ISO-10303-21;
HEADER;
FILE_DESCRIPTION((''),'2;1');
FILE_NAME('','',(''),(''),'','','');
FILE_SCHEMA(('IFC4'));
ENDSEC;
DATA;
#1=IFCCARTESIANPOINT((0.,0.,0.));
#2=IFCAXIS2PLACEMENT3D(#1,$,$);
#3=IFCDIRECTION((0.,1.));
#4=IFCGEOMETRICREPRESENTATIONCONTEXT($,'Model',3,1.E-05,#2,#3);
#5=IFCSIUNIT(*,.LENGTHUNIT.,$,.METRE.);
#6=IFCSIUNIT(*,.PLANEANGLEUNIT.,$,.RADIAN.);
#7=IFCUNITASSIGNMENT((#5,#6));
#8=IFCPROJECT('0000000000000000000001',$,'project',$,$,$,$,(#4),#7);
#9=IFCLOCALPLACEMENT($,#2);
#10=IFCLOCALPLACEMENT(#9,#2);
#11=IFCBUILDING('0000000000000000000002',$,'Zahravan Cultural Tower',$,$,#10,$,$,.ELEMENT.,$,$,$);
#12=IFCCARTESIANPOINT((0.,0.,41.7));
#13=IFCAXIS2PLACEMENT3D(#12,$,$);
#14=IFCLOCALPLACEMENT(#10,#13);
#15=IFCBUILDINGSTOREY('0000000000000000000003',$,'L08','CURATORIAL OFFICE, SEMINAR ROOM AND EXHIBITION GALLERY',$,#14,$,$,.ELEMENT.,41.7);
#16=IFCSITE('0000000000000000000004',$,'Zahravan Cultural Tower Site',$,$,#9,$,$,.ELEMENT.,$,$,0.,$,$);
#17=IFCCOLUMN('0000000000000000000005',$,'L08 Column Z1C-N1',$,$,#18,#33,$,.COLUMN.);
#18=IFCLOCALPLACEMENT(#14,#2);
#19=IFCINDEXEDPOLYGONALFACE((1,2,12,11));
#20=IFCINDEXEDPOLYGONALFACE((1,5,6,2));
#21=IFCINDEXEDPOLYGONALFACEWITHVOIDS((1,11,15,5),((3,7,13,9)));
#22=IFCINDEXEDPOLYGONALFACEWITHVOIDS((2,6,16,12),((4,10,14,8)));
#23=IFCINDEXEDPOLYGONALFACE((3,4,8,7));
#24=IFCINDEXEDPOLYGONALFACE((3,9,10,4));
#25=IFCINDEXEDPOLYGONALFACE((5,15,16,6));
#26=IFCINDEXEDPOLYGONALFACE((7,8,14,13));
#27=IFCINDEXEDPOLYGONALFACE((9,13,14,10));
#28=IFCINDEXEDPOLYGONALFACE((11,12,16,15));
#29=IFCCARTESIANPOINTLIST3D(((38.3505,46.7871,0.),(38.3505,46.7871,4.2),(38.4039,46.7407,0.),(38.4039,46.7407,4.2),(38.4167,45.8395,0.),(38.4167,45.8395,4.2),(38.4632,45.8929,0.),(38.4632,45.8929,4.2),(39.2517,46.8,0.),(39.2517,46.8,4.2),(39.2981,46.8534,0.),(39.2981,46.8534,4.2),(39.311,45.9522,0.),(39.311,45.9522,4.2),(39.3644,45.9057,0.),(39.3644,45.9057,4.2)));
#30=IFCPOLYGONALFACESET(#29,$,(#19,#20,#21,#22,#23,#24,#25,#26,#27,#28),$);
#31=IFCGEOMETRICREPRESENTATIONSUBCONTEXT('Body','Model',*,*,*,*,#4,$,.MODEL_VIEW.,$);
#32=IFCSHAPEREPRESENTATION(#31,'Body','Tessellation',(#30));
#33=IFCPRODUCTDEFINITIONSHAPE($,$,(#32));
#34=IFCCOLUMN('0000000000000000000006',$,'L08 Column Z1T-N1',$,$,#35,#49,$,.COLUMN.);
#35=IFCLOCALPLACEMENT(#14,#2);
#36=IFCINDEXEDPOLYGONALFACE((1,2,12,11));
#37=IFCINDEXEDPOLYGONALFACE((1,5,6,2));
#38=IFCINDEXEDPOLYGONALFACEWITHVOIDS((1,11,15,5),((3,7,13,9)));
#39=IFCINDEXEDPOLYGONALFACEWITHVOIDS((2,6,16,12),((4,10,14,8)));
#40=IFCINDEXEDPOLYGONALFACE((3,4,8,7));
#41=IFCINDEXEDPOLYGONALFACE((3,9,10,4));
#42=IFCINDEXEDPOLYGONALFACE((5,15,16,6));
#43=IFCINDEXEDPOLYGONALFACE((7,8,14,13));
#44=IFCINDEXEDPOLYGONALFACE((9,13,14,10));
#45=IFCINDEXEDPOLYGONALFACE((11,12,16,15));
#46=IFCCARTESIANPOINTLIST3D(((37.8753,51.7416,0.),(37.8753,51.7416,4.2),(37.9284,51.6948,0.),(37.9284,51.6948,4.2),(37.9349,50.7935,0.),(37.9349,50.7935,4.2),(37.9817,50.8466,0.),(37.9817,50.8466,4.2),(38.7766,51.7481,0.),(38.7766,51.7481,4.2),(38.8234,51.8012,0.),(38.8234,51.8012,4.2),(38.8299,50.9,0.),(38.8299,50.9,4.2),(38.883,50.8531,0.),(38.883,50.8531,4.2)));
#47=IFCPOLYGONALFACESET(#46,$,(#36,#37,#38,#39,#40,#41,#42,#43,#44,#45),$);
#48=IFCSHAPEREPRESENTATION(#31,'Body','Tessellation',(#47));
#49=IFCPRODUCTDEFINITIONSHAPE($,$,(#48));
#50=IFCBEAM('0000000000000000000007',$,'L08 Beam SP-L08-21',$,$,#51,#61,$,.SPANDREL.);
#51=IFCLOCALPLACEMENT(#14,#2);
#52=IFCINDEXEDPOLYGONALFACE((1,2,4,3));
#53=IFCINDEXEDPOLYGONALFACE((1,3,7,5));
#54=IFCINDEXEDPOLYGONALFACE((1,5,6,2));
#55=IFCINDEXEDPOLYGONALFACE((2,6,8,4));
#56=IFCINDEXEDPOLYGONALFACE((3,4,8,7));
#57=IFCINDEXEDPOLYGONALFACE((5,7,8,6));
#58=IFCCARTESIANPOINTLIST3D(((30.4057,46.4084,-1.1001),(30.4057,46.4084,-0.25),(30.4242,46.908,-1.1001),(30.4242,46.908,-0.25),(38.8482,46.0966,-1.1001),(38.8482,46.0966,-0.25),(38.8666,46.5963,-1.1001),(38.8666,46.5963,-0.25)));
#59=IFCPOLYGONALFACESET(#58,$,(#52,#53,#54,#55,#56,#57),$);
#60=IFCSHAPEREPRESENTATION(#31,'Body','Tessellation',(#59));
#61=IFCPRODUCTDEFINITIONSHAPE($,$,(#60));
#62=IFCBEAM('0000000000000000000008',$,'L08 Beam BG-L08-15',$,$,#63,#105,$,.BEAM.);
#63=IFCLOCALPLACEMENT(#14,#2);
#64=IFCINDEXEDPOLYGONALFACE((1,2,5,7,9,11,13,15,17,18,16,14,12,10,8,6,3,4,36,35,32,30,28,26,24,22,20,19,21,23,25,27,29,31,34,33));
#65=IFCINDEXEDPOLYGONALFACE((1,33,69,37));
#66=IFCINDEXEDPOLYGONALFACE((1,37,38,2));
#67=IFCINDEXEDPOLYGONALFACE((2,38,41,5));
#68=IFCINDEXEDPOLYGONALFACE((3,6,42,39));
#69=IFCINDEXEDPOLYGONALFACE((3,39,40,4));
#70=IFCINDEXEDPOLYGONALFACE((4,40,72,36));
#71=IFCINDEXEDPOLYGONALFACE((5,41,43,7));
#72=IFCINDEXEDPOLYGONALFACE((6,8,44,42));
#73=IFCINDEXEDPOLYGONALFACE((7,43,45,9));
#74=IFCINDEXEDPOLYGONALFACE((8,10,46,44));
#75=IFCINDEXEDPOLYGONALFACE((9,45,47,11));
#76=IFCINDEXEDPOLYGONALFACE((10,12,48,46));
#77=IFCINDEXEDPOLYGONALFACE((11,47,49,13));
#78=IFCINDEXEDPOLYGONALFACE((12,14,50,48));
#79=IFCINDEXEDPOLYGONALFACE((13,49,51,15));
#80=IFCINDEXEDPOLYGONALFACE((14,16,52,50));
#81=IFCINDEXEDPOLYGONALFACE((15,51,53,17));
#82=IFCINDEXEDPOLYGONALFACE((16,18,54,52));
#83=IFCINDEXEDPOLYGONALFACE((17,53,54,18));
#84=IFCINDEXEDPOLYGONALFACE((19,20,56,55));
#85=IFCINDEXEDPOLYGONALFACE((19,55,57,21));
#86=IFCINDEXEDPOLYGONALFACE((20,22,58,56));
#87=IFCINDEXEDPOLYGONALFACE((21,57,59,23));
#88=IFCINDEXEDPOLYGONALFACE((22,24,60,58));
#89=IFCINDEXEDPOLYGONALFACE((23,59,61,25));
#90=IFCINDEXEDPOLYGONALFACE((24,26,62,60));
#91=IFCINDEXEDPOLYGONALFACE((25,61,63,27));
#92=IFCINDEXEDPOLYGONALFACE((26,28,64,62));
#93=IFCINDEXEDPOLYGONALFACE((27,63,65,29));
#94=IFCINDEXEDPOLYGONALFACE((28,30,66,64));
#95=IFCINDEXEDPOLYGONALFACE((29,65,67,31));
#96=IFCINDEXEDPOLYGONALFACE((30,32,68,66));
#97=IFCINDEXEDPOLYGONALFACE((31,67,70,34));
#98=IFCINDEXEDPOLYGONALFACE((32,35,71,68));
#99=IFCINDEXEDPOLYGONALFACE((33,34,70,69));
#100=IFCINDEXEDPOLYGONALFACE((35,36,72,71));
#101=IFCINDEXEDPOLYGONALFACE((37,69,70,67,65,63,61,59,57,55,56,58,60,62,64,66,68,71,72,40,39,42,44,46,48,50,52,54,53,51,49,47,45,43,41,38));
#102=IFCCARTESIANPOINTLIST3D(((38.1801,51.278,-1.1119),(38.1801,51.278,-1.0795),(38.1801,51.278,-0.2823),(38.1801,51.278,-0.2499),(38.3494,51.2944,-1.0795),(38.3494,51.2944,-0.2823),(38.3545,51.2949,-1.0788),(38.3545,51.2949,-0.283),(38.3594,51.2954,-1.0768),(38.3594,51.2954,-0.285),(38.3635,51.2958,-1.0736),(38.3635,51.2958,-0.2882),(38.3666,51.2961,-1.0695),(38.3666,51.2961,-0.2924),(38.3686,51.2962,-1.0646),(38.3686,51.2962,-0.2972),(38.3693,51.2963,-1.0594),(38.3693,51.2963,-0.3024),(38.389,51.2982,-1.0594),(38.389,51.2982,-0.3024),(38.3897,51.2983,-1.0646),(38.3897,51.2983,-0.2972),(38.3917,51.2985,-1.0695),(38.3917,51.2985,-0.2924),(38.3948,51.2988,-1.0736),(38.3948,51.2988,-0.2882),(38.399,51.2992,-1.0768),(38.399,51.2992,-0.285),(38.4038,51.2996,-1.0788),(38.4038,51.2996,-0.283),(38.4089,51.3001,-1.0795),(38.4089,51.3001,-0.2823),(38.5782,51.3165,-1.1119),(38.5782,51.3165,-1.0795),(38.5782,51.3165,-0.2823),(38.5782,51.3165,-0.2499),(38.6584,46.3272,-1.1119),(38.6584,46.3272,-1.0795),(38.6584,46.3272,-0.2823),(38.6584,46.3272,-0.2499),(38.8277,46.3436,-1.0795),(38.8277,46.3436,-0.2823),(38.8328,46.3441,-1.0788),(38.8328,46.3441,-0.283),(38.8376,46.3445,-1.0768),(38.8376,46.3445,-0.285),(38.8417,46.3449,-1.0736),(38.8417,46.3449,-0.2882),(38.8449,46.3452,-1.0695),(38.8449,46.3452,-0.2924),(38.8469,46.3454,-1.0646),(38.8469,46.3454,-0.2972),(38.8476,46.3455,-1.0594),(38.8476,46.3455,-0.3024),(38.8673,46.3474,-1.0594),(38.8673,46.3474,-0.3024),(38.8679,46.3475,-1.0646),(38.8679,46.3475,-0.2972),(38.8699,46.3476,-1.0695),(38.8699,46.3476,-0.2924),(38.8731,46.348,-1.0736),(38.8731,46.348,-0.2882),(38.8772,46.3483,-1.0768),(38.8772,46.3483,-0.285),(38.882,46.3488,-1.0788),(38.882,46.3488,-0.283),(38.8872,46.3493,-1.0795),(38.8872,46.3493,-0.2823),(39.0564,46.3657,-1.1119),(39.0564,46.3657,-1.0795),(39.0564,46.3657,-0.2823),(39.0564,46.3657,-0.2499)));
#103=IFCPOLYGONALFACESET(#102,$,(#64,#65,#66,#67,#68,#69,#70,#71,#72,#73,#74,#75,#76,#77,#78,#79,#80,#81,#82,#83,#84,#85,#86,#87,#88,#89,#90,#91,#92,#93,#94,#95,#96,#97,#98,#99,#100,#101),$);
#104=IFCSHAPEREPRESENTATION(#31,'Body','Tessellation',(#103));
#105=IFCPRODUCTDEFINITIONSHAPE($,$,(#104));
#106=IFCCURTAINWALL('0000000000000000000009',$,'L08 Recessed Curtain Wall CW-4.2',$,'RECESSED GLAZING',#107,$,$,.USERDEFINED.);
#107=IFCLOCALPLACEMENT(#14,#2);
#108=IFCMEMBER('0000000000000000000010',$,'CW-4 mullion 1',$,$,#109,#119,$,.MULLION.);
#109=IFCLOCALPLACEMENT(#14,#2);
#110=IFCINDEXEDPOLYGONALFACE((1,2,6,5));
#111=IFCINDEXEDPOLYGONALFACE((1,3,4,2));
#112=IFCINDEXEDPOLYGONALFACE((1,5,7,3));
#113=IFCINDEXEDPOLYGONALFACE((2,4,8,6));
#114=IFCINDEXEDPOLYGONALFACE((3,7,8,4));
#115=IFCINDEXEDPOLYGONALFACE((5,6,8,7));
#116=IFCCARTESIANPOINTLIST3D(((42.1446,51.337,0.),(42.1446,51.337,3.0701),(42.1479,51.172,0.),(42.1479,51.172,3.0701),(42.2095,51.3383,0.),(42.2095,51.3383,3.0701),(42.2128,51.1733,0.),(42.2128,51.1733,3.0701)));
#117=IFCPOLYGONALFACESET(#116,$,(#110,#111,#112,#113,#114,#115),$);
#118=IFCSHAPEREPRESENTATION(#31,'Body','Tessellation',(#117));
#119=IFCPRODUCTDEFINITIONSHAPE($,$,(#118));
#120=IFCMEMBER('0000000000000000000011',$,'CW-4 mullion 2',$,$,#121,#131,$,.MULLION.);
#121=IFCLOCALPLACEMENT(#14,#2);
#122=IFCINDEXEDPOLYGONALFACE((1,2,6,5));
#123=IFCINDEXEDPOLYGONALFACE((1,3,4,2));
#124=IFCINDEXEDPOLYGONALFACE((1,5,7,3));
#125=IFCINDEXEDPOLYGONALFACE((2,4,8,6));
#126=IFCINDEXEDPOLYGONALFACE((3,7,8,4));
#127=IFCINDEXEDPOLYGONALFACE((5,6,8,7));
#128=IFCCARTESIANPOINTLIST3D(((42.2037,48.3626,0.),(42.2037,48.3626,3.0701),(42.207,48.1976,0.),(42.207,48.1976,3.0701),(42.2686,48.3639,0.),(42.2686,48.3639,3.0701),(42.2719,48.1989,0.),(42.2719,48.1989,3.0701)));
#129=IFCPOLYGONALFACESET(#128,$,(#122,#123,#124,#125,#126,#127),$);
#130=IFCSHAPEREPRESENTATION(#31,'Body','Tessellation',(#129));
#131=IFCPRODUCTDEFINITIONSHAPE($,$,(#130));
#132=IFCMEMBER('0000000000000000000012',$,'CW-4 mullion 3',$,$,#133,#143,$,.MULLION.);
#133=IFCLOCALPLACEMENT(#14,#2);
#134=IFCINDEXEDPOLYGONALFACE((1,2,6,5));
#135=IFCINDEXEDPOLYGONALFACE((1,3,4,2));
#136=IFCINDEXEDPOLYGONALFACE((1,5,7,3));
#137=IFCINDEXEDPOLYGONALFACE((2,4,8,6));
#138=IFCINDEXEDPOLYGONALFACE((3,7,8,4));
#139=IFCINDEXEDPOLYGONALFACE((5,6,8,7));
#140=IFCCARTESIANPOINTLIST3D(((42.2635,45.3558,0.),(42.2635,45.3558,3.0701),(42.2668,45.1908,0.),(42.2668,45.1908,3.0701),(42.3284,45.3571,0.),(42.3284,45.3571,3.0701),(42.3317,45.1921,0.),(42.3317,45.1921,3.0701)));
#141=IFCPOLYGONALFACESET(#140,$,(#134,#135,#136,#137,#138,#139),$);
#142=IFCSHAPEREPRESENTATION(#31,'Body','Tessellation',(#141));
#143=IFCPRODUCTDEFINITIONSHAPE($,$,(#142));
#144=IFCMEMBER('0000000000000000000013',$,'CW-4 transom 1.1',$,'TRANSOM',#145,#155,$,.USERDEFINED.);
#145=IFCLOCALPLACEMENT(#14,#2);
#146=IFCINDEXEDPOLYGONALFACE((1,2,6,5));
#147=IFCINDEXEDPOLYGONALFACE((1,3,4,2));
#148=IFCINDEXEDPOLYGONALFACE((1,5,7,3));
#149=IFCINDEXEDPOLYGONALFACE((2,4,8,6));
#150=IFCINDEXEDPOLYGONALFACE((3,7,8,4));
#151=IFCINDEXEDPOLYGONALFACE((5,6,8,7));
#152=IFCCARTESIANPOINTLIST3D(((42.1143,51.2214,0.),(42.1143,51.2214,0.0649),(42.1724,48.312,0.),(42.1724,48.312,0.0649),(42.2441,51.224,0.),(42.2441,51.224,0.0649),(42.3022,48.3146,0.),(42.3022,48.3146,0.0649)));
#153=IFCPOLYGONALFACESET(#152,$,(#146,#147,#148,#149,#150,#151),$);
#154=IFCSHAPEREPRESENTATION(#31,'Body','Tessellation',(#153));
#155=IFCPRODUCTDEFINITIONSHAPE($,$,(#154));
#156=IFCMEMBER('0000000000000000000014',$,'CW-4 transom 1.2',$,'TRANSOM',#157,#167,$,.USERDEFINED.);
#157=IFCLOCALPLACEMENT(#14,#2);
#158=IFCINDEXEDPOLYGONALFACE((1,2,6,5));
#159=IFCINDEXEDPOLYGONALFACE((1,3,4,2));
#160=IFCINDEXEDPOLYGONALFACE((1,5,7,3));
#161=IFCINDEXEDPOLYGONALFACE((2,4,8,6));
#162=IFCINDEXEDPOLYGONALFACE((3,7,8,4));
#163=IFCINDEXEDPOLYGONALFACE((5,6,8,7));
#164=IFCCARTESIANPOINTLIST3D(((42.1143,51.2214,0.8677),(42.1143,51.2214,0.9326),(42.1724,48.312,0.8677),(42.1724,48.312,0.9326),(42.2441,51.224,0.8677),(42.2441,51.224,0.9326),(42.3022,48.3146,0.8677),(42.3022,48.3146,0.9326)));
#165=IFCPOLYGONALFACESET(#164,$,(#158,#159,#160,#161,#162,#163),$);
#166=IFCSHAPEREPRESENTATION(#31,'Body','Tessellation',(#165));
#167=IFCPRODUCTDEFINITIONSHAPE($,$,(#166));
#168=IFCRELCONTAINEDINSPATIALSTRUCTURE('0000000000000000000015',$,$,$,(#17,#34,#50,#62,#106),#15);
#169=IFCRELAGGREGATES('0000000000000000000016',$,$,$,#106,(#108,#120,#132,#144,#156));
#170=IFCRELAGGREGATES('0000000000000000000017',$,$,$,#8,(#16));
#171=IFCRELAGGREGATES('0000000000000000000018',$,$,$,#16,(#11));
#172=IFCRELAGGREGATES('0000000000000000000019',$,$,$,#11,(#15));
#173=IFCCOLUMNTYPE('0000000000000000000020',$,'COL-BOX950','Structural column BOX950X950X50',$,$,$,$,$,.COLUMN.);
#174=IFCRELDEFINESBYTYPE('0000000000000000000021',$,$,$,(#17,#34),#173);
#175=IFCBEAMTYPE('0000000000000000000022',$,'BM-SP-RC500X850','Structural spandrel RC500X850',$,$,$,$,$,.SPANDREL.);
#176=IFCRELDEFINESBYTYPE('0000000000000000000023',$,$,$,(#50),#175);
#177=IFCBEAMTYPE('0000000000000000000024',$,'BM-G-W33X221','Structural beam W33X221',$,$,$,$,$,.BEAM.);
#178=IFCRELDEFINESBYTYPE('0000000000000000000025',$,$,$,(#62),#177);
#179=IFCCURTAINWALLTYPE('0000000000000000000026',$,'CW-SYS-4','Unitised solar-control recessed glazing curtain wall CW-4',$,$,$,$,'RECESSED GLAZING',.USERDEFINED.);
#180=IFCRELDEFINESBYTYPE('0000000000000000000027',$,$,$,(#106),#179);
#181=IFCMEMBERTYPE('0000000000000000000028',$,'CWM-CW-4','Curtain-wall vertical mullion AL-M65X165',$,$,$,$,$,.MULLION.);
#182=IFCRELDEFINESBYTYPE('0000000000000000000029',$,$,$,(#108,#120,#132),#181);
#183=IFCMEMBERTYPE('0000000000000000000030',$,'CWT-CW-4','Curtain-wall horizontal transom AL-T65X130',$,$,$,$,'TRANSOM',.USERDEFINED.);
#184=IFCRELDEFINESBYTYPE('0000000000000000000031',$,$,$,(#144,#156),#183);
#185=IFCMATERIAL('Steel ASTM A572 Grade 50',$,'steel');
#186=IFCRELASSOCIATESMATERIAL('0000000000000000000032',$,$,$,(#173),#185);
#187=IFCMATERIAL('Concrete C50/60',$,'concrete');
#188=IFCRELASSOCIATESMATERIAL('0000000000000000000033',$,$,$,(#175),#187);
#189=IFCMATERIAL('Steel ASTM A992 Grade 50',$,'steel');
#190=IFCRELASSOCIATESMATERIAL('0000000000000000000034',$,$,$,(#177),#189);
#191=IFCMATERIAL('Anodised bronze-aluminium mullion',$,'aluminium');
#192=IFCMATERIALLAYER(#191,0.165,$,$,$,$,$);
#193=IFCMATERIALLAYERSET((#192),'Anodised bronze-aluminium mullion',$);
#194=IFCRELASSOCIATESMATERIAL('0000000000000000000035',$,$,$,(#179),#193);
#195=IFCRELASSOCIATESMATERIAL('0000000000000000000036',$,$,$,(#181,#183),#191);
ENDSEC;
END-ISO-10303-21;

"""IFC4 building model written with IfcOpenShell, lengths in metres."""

from ifc_helpers import new_model, si_unit, direction, frame, origin, origin_2d, place, context, subcontext, project, spatial, rectangle, hollow_rectangle, i_section, extrude, source, transform, mapped, material, layer, layer_set, material_profile, profile_set, type_object, element, aggregate, save


model = new_model("IFC4")

# Units and contexts
model_context = context("Model", 3, precision=1e-05, world=origin(), true_north=direction((0.0, 1.0)))
body_context = subcontext(model_context, "Body", "Model", "MODEL_VIEW")
ifc_project = project(units=[si_unit("LENGTHUNIT", "METRE"), si_unit("PLANEANGLEUNIT", "RADIAN")], contexts=[model_context])

# Site, building, storey
site_placement = place(None, origin())
site = spatial("IfcSite", under=ifc_project, at=site_placement, Name="Zahravan Cultural Tower Site", CompositionType="ELEMENT", RefElevation=0.0)
building_placement = place(site_placement, origin())
building = spatial("IfcBuilding", under=site, at=building_placement, Name="Zahravan Cultural Tower", CompositionType="ELEMENT")
storey_placement = place(building_placement, frame((0.0, 0.0, 41.7)))
storey = spatial("IfcBuildingStorey", under=building, at=storey_placement, Name="L08", Description="CURATORIAL OFFICE, SEMINAR ROOM AND EXHIBITION GALLERY", CompositionType="ELEMENT", Elevation=41.7)

# Columns
ifc_material_1 = material(Name="Steel ASTM A572 Grade 50", Category="steel")
ifc_material_profile_1 = material_profile(ifc_material_1, hollow_rectangle(XDim=0.95, YDim=0.95, WallThickness=0.05, at=origin_2d()), Name="BOX950X950X50")
ifc_profile_set_1 = profile_set([ifc_material_profile_1], Name="Steel ASTM A572 Grade 50")
column_type = type_object("IfcColumnType", Name="COL-BOX950", Description="Structural column BOX950X950X50", PredefinedType="COLUMN", material=ifc_profile_set_1)
shared_shape_1 = source(origin(), body_context, "Body", "SweptSolid", [
    extrude(hollow_rectangle(XDim=0.95, YDim=0.95, WallThickness=0.05, at=origin_2d()), origin(), (0.0, 0.0, 1.0), 4.2),
])
for number, where, z_axis, x_axis, name in (
    (1, (38.8574, 46.3464, 0.0), (0.0, 0.0, 1.0), (-0.069756, 0.997564, 0.0), "L08 Column Z1C-N1"),
    (2, (38.3792, 51.2974, 0.0), (0.0, 0.0, 1.0), (-0.062791, 0.998027, 0.0), "L08 Column Z1T-N1"),
):
    element("IfcColumn", number, at=place(storey_placement, frame(where, z_axis=z_axis, x_axis=x_axis)), inside=storey, type_object=column_type, Name=name, PredefinedType="COLUMN", context=body_context, shape_type="MappedRepresentation", body=[
        mapped(shared_shape_1, transform((0.0, 0.0, 0.0), x_axis=(1.0, 0.0, 0.0), y_axis=(0.0, 1.0, 0.0), z_axis=(0.0, 0.0, 1.0), scale=1.0)),
    ])

# Beams
ifc_material_2 = material(Name="Concrete C50/60", Category="concrete")
ifc_material_profile_2 = material_profile(ifc_material_2, rectangle(XDim=0.5, YDim=0.8501, at=origin_2d()), Name="RC500X850")
ifc_profile_set_2 = profile_set([ifc_material_profile_2], Name="Concrete C50/60")
beam_type_1 = type_object("IfcBeamType", Name="BM-SP-RC500X850", Description="Structural spandrel RC500X850", PredefinedType="SPANDREL", material=ifc_profile_set_2)
shared_shape_2 = source(origin(), body_context, "Body", "SweptSolid", [
    extrude(rectangle(XDim=0.5, YDim=0.8501, at=origin_2d()), origin(), (0.0, 0.0, 1.0), 8.4482),
])
beam_1_placement = place(storey_placement, frame((38.8574, 46.3464, -0.675), z_axis=(-0.999319, 0.036904, 0.0), x_axis=(-0.036904, -0.999319, 0.0)))
element("IfcBeam", 3, at=beam_1_placement, inside=storey, type_object=beam_type_1, Name="L08 Beam SP-L08-21", PredefinedType="SPANDREL", context=body_context, shape_type="MappedRepresentation", body=[
    mapped(shared_shape_2, transform((0.0, 0.0, 0.0), x_axis=(1.0, 0.0, 0.0), y_axis=(0.0, 1.0, 0.0), z_axis=(0.0, 0.0, 1.0), scale=1.0)),
])
ifc_material_3 = material(Name="Steel ASTM A992 Grade 50", Category="steel")
ifc_material_profile_3 = material_profile(ifc_material_3, i_section(OverallWidth=0.3999, OverallDepth=0.8621, WebThickness=0.0198, FlangeThickness=0.0325, FilletRadius=0.02, at=origin_2d()), Name="W33X221")
ifc_profile_set_3 = profile_set([ifc_material_profile_3], Name="Steel ASTM A992 Grade 50")
beam_type_2 = type_object("IfcBeamType", Name="BM-G-W33X221", Description="Structural beam W33X221", PredefinedType="BEAM", material=ifc_profile_set_3)
shared_shape_3 = source(origin(), body_context, "Body", "SweptSolid", [
    extrude(i_section(OverallWidth=0.3999, OverallDepth=0.8621, WebThickness=0.0198, FlangeThickness=0.0325, FilletRadius=0.02, at=origin_2d()), origin(), (0.0, 0.0, 1.0), 4.9739),
])
beam_2_placement = place(storey_placement, frame((38.8574, 46.3464, -0.6809), z_axis=(-0.096155, 0.995366, 0.0), x_axis=(-0.995366, -0.096155, 0.0)))
element("IfcBeam", 4, at=beam_2_placement, inside=storey, type_object=beam_type_2, Name="L08 Beam BG-L08-15", PredefinedType="BEAM", context=body_context, shape_type="MappedRepresentation", body=[
    mapped(shared_shape_3, transform((0.0, 0.0, 0.0), x_axis=(1.0, 0.0, 0.0), y_axis=(0.0, 1.0, 0.0), z_axis=(0.0, 0.0, 1.0), scale=1.0)),
])

# Curtain wall, members
ifc_material_4 = material(Name="Anodised bronze-aluminium mullion", Category="aluminium")
ifc_layer_1 = layer(ifc_material_4, 0.165)
ifc_layer_set_1 = layer_set([ifc_layer_1], Name="Anodised bronze-aluminium mullion")
curtain_wall_type = type_object("IfcCurtainWallType", Name="CW-SYS-4", Description="Unitised solar-control recessed glazing curtain wall CW-4", ElementType="RECESSED GLAZING", PredefinedType="USERDEFINED", material=ifc_layer_set_1)
curtain_wall_placement = place(storey_placement, origin())
curtain_wall = element("IfcCurtainWall", 5, at=curtain_wall_placement, inside=storey, type_object=curtain_wall_type, Name="L08 Recessed Curtain Wall CW-4.2", ObjectType="RECESSED GLAZING", PredefinedType="USERDEFINED")
ifc_material_profile_4 = material_profile(ifc_material_4, rectangle(XDim=0.0649, YDim=0.165, at=origin_2d()), Name="AL-M65X165")
ifc_profile_set_4 = profile_set([ifc_material_profile_4], Name="Anodised bronze-aluminium mullion")
member_type_1 = type_object("IfcMemberType", Name="CWM-CW-4", Description="Curtain-wall vertical mullion AL-M65X165", PredefinedType="MULLION", material=ifc_profile_set_4)
shared_shape_4 = source(origin(), body_context, "Body", "SweptSolid", [
    extrude(rectangle(XDim=0.0649, YDim=0.165, at=origin_2d()), origin(), (0.0, 0.0, 1.0), 3.0701),
])
member_1_placement = place(storey_placement, frame((42.1787, 51.2551, 0.0), z_axis=(0.0, 0.0, 1.0), x_axis=(0.999802, 0.0199, 0.0)))
member_1 = element("IfcMember", 6, at=member_1_placement, type_object=member_type_1, Name="CW-4 mullion 1", PredefinedType="MULLION", context=body_context, shape_type="MappedRepresentation", body=[
    mapped(shared_shape_4, transform((0.0, 0.0, 0.0), x_axis=(1.0, 0.0, 0.0), y_axis=(0.0, 1.0, 0.0), z_axis=(0.0, 0.0, 1.0), scale=1.0)),
])
member_2_placement = place(storey_placement, frame((42.2378, 48.2808, 0.0), z_axis=(0.0, 0.0, 1.0), x_axis=(0.999802, 0.0199, 0.0)))
member_2 = element("IfcMember", 7, at=member_2_placement, type_object=member_type_1, Name="CW-4 mullion 2", PredefinedType="MULLION", context=body_context, shape_type="MappedRepresentation", body=[
    mapped(shared_shape_4, transform((0.0, 0.0, 0.0), x_axis=(1.0, 0.0, 0.0), y_axis=(0.0, 1.0, 0.0), z_axis=(0.0, 0.0, 1.0), scale=1.0)),
])
member_3_placement = place(storey_placement, frame((42.2976, 45.2739, 0.0), z_axis=(0.0, 0.0, 1.0), x_axis=(0.999802, 0.0199, 0.0)))
member_3 = element("IfcMember", 8, at=member_3_placement, type_object=member_type_1, Name="CW-4 mullion 3", PredefinedType="MULLION", context=body_context, shape_type="MappedRepresentation", body=[
    mapped(shared_shape_4, transform((0.0, 0.0, 0.0), x_axis=(1.0, 0.0, 0.0), y_axis=(0.0, 1.0, 0.0), z_axis=(0.0, 0.0, 1.0), scale=1.0)),
])
ifc_material_profile_5 = material_profile(ifc_material_4, rectangle(XDim=0.1299, YDim=0.0649, at=origin_2d()), Name="AL-T65X130")
ifc_profile_set_5 = profile_set([ifc_material_profile_5], Name="Anodised bronze-aluminium mullion")
member_type_2 = type_object("IfcMemberType", Name="CWT-CW-4", Description="Curtain-wall horizontal transom AL-T65X130", ElementType="TRANSOM", PredefinedType="USERDEFINED", material=ifc_profile_set_5)
shared_shape_5 = source(origin(), body_context, "Body", "SweptSolid", [
    extrude(rectangle(XDim=0.1299, YDim=0.0649, at=origin_2d()), origin(), (0.0, 0.0, 1.0), 2.9099),
])
member_4_placement = place(storey_placement, frame((42.1792, 51.2227, 0.0325), z_axis=(0.019967, -0.999801, 0.0), x_axis=(0.999801, 0.019967, 0.0)))
member_4 = element("IfcMember", 9, at=member_4_placement, type_object=member_type_2, Name="CW-4 transom 1.1", ObjectType="TRANSOM", PredefinedType="USERDEFINED", context=body_context, shape_type="MappedRepresentation", body=[
    mapped(shared_shape_5, transform((0.0, 0.0, 0.0), x_axis=(1.0, 0.0, 0.0), y_axis=(0.0, 1.0, 0.0), z_axis=(0.0, 0.0, 1.0), scale=1.0)),
])
member_5_placement = place(storey_placement, frame((42.1792, 51.2227, 0.9001), z_axis=(0.019967, -0.999801, 0.0), x_axis=(0.999801, 0.019967, 0.0)))
member_5 = element("IfcMember", 10, at=member_5_placement, type_object=member_type_2, Name="CW-4 transom 1.2", ObjectType="TRANSOM", PredefinedType="USERDEFINED", context=body_context, shape_type="MappedRepresentation", body=[
    mapped(shared_shape_5, transform((0.0, 0.0, 0.0), x_axis=(1.0, 0.0, 0.0), y_axis=(0.0, 1.0, 0.0), z_axis=(0.0, 0.0, 1.0), scale=1.0)),
])
aggregate(curtain_wall, [member_1, member_2, member_3, member_4, member_5])

save(model, "model.ifc")
